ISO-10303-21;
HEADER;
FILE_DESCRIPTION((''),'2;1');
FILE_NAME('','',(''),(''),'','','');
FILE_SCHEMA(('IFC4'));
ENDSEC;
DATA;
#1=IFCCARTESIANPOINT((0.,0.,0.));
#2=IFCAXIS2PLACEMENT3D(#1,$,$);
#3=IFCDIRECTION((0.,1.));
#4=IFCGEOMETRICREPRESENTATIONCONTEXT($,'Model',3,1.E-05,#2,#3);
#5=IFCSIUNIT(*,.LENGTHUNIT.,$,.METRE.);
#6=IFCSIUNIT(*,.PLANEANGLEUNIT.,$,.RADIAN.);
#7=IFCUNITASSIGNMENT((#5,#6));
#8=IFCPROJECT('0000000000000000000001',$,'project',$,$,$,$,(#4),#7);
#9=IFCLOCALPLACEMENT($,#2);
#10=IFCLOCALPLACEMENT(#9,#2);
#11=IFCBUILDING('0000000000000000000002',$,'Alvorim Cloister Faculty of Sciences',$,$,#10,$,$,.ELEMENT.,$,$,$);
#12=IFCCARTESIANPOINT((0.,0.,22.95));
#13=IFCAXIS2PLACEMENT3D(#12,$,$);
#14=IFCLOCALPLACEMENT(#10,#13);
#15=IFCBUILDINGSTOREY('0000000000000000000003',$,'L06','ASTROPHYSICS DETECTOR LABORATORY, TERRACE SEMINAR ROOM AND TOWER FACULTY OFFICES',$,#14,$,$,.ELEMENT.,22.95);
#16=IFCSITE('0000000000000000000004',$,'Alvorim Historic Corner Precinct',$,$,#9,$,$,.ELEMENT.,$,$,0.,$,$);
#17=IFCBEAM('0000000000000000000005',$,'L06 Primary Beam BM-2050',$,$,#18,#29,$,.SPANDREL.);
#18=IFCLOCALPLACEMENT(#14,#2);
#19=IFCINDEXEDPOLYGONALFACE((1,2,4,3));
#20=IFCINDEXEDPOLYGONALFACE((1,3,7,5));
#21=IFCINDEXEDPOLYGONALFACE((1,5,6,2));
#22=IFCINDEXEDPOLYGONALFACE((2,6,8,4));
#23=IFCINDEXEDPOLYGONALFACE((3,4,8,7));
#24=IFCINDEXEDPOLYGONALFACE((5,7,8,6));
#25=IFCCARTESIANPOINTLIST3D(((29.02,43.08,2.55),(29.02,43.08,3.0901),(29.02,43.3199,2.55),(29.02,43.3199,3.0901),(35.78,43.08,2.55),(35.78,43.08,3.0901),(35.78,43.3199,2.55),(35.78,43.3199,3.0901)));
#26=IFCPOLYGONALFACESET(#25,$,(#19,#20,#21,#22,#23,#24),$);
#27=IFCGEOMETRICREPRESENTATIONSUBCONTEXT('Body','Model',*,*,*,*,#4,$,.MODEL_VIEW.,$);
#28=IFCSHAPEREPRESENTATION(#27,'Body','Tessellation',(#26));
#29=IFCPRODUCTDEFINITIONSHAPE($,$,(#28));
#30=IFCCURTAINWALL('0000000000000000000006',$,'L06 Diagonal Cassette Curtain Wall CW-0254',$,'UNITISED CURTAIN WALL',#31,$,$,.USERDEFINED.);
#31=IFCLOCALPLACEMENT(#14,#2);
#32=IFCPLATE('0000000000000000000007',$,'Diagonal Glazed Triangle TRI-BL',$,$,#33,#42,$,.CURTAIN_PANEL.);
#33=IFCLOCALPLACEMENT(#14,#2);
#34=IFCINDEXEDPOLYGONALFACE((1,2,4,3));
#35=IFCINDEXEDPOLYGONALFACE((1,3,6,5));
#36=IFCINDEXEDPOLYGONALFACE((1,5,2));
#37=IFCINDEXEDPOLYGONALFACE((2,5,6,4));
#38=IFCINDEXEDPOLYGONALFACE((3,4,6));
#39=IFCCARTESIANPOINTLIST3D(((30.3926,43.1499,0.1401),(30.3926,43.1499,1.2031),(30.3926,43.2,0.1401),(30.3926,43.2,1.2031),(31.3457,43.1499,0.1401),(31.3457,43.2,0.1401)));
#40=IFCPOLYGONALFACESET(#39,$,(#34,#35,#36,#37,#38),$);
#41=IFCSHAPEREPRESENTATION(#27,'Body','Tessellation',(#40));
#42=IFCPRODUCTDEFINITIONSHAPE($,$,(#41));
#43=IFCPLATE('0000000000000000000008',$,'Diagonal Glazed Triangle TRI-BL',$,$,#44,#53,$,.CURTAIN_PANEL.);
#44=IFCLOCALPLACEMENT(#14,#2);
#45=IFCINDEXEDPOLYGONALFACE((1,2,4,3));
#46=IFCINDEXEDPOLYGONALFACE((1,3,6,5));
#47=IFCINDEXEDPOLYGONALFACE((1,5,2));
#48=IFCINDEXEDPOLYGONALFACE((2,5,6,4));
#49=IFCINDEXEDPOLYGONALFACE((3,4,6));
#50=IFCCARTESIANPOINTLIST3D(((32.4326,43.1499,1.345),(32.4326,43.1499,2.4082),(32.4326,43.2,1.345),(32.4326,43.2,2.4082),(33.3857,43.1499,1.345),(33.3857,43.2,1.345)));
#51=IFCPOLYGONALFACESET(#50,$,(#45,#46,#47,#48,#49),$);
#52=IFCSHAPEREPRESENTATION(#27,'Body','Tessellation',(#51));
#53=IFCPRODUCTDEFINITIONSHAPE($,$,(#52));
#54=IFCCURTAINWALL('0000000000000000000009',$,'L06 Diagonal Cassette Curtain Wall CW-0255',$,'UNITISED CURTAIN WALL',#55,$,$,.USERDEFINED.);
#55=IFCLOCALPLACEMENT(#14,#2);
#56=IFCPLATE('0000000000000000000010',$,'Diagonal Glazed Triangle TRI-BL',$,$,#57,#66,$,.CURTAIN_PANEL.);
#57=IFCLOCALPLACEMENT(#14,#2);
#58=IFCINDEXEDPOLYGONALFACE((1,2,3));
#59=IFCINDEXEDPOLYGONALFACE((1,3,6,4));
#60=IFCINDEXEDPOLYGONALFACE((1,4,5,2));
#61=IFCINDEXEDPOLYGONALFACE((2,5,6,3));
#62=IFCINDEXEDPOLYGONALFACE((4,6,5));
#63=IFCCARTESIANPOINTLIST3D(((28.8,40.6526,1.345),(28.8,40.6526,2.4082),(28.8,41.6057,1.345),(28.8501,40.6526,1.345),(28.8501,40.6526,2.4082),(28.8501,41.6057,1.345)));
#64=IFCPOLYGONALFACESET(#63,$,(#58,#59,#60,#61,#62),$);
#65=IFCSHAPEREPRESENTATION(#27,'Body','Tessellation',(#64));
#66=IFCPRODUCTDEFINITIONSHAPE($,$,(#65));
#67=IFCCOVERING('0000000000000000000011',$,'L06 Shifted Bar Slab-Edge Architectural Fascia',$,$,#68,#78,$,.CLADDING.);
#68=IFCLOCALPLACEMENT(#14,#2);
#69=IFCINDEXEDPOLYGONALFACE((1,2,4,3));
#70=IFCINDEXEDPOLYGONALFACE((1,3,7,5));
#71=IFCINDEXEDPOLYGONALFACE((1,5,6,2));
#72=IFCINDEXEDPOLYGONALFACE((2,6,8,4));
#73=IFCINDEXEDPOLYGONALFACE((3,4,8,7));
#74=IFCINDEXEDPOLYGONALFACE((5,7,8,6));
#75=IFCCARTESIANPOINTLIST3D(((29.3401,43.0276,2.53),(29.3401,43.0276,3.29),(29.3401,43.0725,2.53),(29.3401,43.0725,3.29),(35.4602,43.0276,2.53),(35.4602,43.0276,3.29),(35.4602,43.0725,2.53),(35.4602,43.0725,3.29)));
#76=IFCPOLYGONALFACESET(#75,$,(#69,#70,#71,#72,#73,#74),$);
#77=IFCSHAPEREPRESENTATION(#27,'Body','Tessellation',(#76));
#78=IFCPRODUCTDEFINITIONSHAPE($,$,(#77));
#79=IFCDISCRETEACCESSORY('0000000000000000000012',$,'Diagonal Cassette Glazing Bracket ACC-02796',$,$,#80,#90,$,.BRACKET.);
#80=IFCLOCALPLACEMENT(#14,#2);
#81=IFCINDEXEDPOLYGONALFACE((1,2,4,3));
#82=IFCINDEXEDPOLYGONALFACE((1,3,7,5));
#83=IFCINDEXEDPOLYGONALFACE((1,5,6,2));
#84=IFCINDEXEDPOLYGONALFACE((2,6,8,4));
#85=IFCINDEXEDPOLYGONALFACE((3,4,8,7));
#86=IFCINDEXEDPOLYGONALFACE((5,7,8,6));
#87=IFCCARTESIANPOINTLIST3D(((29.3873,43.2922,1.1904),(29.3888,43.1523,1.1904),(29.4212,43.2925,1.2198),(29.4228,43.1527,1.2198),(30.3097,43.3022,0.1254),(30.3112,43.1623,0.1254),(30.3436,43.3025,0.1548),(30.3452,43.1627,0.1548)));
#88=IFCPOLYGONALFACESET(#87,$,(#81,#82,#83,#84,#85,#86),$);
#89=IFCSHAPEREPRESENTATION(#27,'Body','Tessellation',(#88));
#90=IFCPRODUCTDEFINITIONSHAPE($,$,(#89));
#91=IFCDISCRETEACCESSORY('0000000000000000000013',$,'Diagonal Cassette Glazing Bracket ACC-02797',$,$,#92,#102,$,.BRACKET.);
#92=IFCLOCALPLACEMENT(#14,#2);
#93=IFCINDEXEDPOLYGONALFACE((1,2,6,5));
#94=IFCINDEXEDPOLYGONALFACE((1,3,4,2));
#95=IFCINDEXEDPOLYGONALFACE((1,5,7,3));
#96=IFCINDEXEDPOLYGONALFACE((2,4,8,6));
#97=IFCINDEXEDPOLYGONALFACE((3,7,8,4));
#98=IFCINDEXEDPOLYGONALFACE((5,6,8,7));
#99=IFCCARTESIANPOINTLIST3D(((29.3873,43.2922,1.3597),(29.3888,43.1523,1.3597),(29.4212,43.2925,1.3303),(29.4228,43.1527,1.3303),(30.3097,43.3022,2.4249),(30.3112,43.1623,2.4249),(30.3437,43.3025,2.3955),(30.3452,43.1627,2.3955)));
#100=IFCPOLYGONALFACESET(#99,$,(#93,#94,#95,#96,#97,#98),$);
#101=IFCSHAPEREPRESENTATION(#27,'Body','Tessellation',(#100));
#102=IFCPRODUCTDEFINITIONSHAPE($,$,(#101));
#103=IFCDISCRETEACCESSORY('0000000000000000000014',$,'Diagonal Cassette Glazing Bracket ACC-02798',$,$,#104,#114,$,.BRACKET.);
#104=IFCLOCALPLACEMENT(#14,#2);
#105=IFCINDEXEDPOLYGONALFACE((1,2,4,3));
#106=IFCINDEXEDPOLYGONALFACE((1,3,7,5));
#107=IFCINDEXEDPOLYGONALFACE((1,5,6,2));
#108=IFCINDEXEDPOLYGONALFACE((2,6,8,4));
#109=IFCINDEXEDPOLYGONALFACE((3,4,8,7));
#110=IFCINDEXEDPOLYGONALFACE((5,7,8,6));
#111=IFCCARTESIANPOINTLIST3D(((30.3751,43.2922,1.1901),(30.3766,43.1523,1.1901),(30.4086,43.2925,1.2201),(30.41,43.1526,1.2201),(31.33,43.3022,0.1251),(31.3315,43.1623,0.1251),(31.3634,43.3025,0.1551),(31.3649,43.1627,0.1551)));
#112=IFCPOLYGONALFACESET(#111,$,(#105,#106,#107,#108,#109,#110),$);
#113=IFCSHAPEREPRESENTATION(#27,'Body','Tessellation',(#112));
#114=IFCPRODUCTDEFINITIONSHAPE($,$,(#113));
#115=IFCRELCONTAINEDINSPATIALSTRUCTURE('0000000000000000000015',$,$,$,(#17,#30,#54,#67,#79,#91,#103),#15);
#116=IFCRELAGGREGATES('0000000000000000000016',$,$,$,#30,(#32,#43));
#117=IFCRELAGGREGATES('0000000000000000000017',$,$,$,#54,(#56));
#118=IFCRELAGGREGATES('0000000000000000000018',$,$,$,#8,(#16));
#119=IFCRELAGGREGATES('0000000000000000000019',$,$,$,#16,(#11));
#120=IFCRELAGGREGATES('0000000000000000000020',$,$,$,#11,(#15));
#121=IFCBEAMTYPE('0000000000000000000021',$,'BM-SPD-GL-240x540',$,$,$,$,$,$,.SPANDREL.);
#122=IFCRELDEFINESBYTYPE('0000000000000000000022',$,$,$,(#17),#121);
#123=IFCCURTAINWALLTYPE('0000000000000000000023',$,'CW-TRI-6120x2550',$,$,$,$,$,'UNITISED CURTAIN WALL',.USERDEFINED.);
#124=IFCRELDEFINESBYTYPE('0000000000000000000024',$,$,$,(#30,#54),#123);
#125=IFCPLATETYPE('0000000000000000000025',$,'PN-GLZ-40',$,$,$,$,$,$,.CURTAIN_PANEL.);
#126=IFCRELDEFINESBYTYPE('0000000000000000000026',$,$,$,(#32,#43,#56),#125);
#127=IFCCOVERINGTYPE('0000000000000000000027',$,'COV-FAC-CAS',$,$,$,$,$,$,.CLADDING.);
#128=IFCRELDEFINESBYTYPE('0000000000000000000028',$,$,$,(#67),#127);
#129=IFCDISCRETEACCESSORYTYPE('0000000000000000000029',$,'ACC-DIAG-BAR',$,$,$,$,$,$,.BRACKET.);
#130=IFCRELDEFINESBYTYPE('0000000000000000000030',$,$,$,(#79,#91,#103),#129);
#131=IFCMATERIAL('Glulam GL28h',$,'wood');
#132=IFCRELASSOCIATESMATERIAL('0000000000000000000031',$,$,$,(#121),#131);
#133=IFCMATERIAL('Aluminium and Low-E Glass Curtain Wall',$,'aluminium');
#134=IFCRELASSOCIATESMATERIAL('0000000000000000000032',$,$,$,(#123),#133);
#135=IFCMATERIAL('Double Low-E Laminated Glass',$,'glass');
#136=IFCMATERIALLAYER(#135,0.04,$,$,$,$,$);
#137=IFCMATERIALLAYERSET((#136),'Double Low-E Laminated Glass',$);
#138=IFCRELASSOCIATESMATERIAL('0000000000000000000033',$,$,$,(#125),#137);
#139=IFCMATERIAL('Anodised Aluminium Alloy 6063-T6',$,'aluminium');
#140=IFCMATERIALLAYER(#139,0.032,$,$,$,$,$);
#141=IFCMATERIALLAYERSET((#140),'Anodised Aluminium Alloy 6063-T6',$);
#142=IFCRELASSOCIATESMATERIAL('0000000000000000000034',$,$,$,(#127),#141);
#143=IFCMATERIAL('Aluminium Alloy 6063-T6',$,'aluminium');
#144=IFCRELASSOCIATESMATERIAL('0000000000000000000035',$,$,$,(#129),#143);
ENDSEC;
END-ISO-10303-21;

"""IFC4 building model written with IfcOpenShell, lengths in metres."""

from ifc_helpers import new_model, si_unit, direction, frame, origin, origin_2d, place, context, subcontext, project, spatial, polyline, rectangle, outline, extrude, material, layer, layer_set, material_profile, profile_set, type_object, element, aggregate, save


model = new_model("IFC4")

# Units and contexts
model_context = context("Model", 3, precision=1e-05, world=origin(), true_north=direction((0.0, 1.0)))
body_context = subcontext(model_context, "Body", "Model", "MODEL_VIEW")
ifc_project = project(units=[si_unit("LENGTHUNIT", "METRE"), si_unit("PLANEANGLEUNIT", "RADIAN")], contexts=[model_context])

# Site, building, storey
site_placement = place(None, origin())
site = spatial("IfcSite", under=ifc_project, at=site_placement, Name="Alvorim Historic Corner Precinct", CompositionType="ELEMENT", RefElevation=0.0)
building_placement = place(site_placement, origin())
building = spatial("IfcBuilding", under=site, at=building_placement, Name="Alvorim Cloister Faculty of Sciences", CompositionType="ELEMENT")
storey_placement = place(building_placement, frame((0.0, 0.0, 22.95)))
storey = spatial("IfcBuildingStorey", under=building, at=storey_placement, Name="L06", Description="ASTROPHYSICS DETECTOR LABORATORY, TERRACE SEMINAR ROOM AND TOWER FACULTY OFFICES", CompositionType="ELEMENT", Elevation=22.95)

# Beam
ifc_material_1 = material(Name="Glulam GL28h", Category="wood")
ifc_material_profile = material_profile(ifc_material_1, rectangle(XDim=0.24, YDim=0.54, at=origin_2d()), Name="GL28-SPD-240x540")
ifc_profile_set = profile_set([ifc_material_profile], Name="Glulam GL28h")
beam_type = type_object("IfcBeamType", Name="BM-SPD-GL-240x540", PredefinedType="SPANDREL", material=ifc_profile_set)
beam_placement = place(storey_placement, frame((29.02, 43.2, 2.8201), z_axis=(1.0, 0.0, 0.0), x_axis=(0.0, 1.0, 0.0)))
element("IfcBeam", 1, at=beam_placement, inside=storey, type_object=beam_type, Name="L06 Primary Beam BM-2050", PredefinedType="SPANDREL", context=body_context, shape_type="SweptSolid", body=[
    extrude(rectangle(XDim=0.24, YDim=0.54, at=origin_2d()), origin(), (0.0, 0.0, 1.0), 6.76),
])

# Curtain walls, plates
ifc_material_2 = material(Name="Aluminium and Low-E Glass Curtain Wall", Category="aluminium")
curtain_wall_type = type_object("IfcCurtainWallType", Name="CW-TRI-6120x2550", ElementType="UNITISED CURTAIN WALL", PredefinedType="USERDEFINED", material=ifc_material_2)
curtain_wall_1_placement = place(storey_placement, origin())
curtain_wall_1 = element("IfcCurtainWall", 2, at=curtain_wall_1_placement, inside=storey, type_object=curtain_wall_type, Name="L06 Diagonal Cassette Curtain Wall CW-0254", ObjectType="UNITISED CURTAIN WALL", PredefinedType="USERDEFINED")
ifc_material_3 = material(Name="Double Low-E Laminated Glass", Category="glass")
ifc_layer_1 = layer(ifc_material_3, 0.04)
ifc_layer_set_1 = layer_set([ifc_layer_1], Name="Double Low-E Laminated Glass")
plate_type = type_object("IfcPlateType", Name="PN-GLZ-40", PredefinedType="CURTAIN_PANEL", material=ifc_layer_set_1)
plate_1_placement = place(storey_placement, frame((30.3926, 43.175, 0.1401), z_axis=(0.0, 0.0, 1.0), x_axis=(1.0, 0.0, 0.0)))
plate_1 = element("IfcPlate", 3, at=plate_1_placement, type_object=plate_type, Name="Diagonal Glazed Triangle TRI-BL", PredefinedType="CURTAIN_PANEL", context=body_context, shape_type="SweptSolid", body=[
    extrude(outline(polyline([(0.0, 0.0), (0.9531, 0.0), (0.0, 1.063), (0.0, 0.0)])), frame((0.0, 0.0249, 0.0), z_axis=(0.0, -1.0, 0.0), x_axis=(1.0, 0.0, 0.0)), (0.0, 0.0, 1.0), 0.05),
])
plate_2_placement = place(storey_placement, frame((32.4326, 43.175, 1.345), z_axis=(0.0, 0.0, 1.0), x_axis=(1.0, 0.0, 0.0)))
plate_2 = element("IfcPlate", 4, at=plate_2_placement, type_object=plate_type, Name="Diagonal Glazed Triangle TRI-BL", PredefinedType="CURTAIN_PANEL", context=body_context, shape_type="SweptSolid", body=[
    extrude(outline(polyline([(0.0, 0.0), (0.9531, 0.0), (0.0, 1.0632), (0.0, 0.0)])), frame((0.0, 0.0249, 0.0), z_axis=(0.0, -1.0, 0.0), x_axis=(1.0, 0.0, 0.0)), (0.0, 0.0, 1.0), 0.05),
])
aggregate(curtain_wall_1, [plate_1, plate_2])
curtain_wall_2_placement = place(storey_placement, origin())
curtain_wall_2 = element("IfcCurtainWall", 5, at=curtain_wall_2_placement, inside=storey, type_object=curtain_wall_type, Name="L06 Diagonal Cassette Curtain Wall CW-0255", ObjectType="UNITISED CURTAIN WALL", PredefinedType="USERDEFINED")
plate_3_placement = place(storey_placement, frame((28.825, 40.6526, 1.345), z_axis=(0.0, 0.0, 1.0), x_axis=(0.0, 1.0, 0.0)))
plate_3 = element("IfcPlate", 6, at=plate_3_placement, type_object=plate_type, Name="Diagonal Glazed Triangle TRI-BL", PredefinedType="CURTAIN_PANEL", context=body_context, shape_type="SweptSolid", body=[
    extrude(outline(polyline([(0.0, 0.0), (0.9531, 0.0), (0.0, 1.0632), (0.0, 0.0)])), frame((0.0, 0.0249, 0.0), z_axis=(0.0, -1.0, 0.0), x_axis=(1.0, 0.0, 0.0)), (0.0, 0.0, 1.0), 0.05),
])
aggregate(curtain_wall_2, [plate_3])

# Covering
ifc_material_4 = material(Name="Anodised Aluminium Alloy 6063-T6", Category="aluminium")
ifc_layer_2 = layer(ifc_material_4, 0.032)
ifc_layer_set_2 = layer_set([ifc_layer_2], Name="Anodised Aluminium Alloy 6063-T6")
covering_type = type_object("IfcCoveringType", Name="COV-FAC-CAS", PredefinedType="CLADDING", material=ifc_layer_set_2)
covering_placement = place(storey_placement, frame((29.3401, 43.05, 2.53), z_axis=(0.0, 0.0, 1.0), x_axis=(1.0, 0.0, 0.0)))
element("IfcCovering", 7, at=covering_placement, inside=storey, type_object=covering_type, Name="L06 Shifted Bar Slab-Edge Architectural Fascia", PredefinedType="CLADDING", context=body_context, shape_type="SweptSolid", body=[
    extrude(outline(polyline([(0.0, 0.0), (6.1201, 0.0), (6.1201, 0.76), (0.0, 0.76), (0.0, 0.0)])), frame((0.0, 0.0225, 0.0), z_axis=(0.0, -1.0, 0.0), x_axis=(1.0, 0.0, 0.0)), (0.0, 0.0, 1.0), 0.0449),
])

# Discrete accessories
ifc_material_5 = material(Name="Aluminium Alloy 6063-T6", Category="aluminium")
discrete_accessory_type = type_object("IfcDiscreteAccessoryType", Name="ACC-DIAG-BAR", PredefinedType="BRACKET", material=ifc_material_5)
discrete_accessory_1_placement = place(storey_placement, frame((29.405, 43.2224, 1.2051), z_axis=(0.654676, 0.007105, -0.755876), x_axis=(-0.010852, 0.999941, 0.0)))
element("IfcDiscreteAccessory", 8, at=discrete_accessory_1_placement, inside=storey, type_object=discrete_accessory_type, Name="Diagonal Cassette Glazing Bracket ACC-02796", PredefinedType="BRACKET", context=body_context, shape_type="SweptSolid", body=[
    extrude(rectangle(XDim=0.1399, YDim=0.0449, at=origin_2d()), origin(), (0.0, 0.0, 1.0), 1.4089),
])
discrete_accessory_2_placement = place(storey_placement, frame((29.405, 43.2224, 1.345), z_axis=(0.654591, 0.007104, 0.75595), x_axis=(-0.010852, 0.999941, 0.0)))
element("IfcDiscreteAccessory", 9, at=discrete_accessory_2_placement, inside=storey, type_object=discrete_accessory_type, Name="Diagonal Cassette Glazing Bracket ACC-02797", PredefinedType="BRACKET", context=body_context, shape_type="SweptSolid", body=[
    extrude(rectangle(XDim=0.1399, YDim=0.0449, at=origin_2d()), origin(), (0.0, 0.0, 1.0), 1.4092),
])
discrete_accessory_3_placement = place(storey_placement, frame((30.3926, 43.2224, 1.2051), z_axis=(0.667552, 0.006998, -0.744531), x_axis=(-0.010483, 0.999945, 0.0)))
element("IfcDiscreteAccessory", 10, at=discrete_accessory_3_placement, inside=storey, type_object=discrete_accessory_type, Name="Diagonal Cassette Glazing Bracket ACC-02798", PredefinedType="BRACKET", context=body_context, shape_type="SweptSolid", body=[
    extrude(rectangle(XDim=0.1399, YDim=0.0449, at=origin_2d()), origin(), (0.0, 0.0, 1.0), 1.4304),
])

save(model, "model.ifc")
